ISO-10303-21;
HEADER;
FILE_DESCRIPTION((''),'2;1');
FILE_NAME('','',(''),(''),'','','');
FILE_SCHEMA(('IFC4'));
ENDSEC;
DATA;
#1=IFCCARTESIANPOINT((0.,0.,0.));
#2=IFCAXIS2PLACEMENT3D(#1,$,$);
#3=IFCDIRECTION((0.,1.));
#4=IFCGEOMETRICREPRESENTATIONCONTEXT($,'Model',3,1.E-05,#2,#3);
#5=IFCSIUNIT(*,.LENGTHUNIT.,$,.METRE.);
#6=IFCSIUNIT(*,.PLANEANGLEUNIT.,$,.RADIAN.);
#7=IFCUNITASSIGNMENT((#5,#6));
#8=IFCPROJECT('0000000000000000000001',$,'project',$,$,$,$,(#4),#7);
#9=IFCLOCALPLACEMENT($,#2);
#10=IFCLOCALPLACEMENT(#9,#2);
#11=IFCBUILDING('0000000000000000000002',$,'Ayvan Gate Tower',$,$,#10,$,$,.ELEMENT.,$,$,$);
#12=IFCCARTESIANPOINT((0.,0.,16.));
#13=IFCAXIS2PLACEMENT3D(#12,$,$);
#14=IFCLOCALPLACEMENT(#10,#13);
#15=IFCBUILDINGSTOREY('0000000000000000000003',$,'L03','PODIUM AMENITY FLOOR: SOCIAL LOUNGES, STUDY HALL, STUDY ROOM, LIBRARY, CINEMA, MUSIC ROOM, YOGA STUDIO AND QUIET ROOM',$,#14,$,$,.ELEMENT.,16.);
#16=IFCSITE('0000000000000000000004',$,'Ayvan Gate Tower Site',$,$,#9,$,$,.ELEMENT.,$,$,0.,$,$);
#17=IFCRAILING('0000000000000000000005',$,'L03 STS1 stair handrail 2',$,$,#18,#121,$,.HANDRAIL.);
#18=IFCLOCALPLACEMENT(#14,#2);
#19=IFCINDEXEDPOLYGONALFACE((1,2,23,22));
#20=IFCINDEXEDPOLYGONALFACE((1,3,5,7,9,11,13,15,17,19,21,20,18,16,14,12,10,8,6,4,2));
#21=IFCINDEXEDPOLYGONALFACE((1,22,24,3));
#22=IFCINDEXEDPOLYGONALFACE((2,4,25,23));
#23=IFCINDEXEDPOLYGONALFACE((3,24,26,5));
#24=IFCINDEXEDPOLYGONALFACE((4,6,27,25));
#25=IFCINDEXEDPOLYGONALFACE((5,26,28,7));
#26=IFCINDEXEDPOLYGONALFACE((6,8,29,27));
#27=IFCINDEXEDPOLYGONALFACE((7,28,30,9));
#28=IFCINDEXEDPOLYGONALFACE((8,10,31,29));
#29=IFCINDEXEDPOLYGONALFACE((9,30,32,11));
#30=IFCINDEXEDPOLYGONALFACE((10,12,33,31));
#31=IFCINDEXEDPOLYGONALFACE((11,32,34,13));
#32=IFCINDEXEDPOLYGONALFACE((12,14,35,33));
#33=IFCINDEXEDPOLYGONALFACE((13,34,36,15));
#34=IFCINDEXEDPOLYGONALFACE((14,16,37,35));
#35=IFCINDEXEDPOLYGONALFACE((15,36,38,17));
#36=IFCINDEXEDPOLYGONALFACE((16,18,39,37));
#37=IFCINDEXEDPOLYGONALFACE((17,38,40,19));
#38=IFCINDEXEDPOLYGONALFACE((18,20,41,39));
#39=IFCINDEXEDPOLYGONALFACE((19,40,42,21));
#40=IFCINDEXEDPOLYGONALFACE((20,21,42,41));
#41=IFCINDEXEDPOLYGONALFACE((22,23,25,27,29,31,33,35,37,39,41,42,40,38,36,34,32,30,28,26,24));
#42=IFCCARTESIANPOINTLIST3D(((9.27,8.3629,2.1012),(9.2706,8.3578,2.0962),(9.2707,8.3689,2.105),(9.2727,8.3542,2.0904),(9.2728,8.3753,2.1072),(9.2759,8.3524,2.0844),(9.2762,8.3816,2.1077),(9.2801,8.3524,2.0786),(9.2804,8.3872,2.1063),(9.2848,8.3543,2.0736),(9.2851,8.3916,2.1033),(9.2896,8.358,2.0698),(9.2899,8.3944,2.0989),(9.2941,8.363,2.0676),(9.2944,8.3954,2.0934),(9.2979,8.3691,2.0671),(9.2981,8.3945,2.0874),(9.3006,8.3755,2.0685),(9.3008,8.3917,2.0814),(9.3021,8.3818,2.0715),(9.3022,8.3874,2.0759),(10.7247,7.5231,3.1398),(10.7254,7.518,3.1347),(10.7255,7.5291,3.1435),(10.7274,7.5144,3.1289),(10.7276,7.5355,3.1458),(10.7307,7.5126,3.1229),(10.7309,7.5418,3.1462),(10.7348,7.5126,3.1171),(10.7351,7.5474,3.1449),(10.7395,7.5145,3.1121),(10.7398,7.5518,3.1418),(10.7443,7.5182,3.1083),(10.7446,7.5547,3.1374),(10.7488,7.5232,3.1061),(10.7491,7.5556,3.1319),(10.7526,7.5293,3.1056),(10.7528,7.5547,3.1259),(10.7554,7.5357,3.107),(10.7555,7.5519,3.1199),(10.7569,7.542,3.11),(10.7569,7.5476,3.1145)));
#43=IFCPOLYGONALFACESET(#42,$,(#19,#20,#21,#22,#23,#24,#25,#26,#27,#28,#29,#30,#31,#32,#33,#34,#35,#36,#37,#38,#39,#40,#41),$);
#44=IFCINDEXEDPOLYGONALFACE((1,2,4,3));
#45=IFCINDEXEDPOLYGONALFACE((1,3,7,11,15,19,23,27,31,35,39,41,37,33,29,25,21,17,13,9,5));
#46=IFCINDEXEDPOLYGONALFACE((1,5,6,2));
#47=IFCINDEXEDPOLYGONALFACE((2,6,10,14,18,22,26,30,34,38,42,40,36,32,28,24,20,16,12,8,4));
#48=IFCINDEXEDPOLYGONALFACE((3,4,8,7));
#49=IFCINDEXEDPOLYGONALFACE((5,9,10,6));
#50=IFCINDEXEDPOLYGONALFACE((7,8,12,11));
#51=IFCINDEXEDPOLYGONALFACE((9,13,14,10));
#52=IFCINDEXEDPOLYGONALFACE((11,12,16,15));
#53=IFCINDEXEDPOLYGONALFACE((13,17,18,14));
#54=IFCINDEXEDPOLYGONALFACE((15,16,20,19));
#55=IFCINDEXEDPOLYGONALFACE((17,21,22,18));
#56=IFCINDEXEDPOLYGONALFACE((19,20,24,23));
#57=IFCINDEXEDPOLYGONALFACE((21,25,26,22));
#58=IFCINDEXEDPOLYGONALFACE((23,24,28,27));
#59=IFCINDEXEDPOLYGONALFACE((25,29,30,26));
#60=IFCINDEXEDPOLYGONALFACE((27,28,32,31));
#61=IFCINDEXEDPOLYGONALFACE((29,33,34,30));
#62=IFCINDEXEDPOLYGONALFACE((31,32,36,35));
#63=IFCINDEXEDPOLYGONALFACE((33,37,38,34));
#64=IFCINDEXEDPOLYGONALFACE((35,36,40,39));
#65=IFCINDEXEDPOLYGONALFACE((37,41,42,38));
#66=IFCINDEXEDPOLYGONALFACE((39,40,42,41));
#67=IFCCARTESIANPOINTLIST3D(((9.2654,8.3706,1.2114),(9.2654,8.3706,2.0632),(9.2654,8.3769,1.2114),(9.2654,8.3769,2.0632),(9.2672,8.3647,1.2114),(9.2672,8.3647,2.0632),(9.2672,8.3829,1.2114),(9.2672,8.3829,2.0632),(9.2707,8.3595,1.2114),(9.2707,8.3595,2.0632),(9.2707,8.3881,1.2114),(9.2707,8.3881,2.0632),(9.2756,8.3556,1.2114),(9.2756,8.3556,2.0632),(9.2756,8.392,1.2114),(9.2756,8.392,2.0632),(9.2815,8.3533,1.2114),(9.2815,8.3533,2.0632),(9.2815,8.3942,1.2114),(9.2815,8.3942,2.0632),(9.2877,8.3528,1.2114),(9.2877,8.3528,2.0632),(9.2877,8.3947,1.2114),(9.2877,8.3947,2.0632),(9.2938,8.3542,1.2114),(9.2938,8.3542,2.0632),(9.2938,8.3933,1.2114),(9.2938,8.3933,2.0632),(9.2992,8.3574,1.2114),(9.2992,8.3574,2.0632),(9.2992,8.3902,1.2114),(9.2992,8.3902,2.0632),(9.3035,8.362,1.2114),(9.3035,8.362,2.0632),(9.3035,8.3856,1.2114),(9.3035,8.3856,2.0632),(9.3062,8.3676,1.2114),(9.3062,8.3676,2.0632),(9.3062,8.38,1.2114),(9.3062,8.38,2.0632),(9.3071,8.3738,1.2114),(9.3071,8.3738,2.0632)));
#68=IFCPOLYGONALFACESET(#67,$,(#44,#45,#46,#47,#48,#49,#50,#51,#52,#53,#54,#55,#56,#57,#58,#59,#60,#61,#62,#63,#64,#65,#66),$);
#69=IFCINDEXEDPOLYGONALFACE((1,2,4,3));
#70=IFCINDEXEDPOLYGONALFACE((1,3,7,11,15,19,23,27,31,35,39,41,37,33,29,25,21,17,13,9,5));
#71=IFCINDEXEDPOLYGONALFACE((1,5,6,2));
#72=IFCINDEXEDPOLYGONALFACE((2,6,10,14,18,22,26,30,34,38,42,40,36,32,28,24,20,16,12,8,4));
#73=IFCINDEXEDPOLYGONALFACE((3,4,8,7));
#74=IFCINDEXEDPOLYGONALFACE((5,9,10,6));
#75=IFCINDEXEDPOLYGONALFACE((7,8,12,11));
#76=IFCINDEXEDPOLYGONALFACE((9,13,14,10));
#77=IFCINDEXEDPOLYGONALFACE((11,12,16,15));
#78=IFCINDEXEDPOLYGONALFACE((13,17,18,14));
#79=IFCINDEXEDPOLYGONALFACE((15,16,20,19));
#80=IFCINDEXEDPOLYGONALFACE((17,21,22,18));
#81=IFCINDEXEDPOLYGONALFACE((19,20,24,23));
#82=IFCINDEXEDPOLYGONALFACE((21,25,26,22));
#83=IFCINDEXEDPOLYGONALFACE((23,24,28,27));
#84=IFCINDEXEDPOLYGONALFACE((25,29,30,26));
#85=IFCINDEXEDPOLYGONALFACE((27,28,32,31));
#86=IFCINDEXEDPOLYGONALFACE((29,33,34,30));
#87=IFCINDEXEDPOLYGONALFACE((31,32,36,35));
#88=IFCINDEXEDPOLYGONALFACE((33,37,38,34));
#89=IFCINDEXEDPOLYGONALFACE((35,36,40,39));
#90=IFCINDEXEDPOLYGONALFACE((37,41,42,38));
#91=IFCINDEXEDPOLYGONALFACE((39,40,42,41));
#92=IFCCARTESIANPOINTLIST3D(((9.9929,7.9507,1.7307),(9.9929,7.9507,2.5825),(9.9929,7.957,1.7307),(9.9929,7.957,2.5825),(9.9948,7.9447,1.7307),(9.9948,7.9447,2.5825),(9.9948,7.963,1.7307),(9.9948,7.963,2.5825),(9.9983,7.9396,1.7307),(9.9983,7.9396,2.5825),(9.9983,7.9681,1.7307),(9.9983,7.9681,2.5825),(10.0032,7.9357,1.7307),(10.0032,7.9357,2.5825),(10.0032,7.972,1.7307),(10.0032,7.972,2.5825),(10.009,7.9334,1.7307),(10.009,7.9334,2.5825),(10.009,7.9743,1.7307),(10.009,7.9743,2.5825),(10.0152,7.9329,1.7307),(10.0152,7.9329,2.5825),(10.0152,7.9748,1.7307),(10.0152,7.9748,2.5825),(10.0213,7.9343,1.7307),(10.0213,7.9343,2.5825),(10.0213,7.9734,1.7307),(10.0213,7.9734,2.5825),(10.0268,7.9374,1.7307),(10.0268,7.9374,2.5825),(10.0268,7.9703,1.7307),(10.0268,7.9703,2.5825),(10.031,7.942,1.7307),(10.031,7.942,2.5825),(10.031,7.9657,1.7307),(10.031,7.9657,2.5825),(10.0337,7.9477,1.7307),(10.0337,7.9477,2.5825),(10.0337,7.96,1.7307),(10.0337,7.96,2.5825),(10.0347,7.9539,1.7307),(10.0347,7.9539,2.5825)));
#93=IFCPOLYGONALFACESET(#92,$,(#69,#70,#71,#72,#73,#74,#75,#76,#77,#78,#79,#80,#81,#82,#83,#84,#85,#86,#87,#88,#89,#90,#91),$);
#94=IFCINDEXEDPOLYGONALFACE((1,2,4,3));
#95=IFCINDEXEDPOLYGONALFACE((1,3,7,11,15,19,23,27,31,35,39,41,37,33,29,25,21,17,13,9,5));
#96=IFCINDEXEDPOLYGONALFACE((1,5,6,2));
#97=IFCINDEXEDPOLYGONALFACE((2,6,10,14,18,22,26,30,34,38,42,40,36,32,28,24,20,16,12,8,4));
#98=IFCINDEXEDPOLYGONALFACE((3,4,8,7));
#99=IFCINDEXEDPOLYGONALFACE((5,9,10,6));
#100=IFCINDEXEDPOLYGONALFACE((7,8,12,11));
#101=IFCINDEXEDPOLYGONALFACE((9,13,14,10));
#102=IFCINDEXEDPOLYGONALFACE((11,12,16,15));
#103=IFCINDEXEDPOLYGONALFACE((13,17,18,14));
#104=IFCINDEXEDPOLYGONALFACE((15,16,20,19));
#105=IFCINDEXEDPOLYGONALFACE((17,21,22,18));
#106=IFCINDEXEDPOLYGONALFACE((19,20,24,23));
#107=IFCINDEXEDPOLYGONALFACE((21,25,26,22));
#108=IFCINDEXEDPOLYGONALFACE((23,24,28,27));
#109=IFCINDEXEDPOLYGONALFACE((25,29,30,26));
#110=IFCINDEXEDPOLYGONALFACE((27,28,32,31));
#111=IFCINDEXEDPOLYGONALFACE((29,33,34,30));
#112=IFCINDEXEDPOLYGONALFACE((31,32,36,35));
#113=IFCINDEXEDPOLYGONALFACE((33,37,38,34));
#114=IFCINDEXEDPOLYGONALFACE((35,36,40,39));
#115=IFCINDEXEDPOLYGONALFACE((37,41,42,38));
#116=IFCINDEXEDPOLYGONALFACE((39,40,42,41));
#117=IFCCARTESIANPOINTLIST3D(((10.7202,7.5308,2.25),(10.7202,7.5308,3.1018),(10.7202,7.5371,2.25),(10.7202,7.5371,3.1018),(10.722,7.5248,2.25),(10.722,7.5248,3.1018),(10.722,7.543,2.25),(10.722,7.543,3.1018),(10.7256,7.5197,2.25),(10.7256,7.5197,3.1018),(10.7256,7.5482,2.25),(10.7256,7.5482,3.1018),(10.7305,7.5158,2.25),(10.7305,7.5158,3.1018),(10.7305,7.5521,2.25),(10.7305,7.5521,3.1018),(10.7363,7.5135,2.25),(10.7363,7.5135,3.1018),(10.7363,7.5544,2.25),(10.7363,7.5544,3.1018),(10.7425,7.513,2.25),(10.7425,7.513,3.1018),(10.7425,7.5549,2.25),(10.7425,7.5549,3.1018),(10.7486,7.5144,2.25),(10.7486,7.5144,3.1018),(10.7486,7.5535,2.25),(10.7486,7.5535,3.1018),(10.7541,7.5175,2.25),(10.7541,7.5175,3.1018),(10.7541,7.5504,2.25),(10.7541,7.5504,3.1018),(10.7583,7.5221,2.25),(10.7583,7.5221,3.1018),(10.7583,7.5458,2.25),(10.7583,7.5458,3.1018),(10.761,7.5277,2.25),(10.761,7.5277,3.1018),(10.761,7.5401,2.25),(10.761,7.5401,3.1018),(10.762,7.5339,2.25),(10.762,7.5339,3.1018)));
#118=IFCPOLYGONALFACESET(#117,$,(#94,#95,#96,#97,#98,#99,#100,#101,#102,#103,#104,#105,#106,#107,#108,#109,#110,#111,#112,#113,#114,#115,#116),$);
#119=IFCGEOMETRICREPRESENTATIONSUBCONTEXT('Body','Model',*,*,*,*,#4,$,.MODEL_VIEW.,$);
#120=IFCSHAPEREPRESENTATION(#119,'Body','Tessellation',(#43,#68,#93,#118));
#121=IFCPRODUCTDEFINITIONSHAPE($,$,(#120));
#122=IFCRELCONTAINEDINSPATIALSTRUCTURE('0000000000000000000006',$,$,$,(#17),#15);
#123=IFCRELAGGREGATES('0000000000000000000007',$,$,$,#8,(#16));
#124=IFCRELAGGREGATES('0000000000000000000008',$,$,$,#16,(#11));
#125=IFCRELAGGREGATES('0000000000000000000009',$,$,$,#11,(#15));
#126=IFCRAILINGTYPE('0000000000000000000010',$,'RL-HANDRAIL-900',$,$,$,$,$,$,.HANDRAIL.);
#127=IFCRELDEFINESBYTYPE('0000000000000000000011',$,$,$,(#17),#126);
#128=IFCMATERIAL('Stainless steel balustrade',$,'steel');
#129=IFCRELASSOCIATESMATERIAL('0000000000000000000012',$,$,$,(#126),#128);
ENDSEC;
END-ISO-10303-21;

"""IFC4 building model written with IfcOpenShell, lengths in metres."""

from ifc_helpers import new_model, si_unit, direction, frame, origin, origin_2d, place, context, subcontext, project, spatial, circle, extrude, material, type_object, element, save


model = new_model("IFC4")

# Units and contexts
model_context = context("Model", 3, precision=1e-05, world=origin(), true_north=direction((0.0, 1.0)))
body_context = subcontext(model_context, "Body", "Model", "MODEL_VIEW")
ifc_project = project(units=[si_unit("LENGTHUNIT", "METRE"), si_unit("PLANEANGLEUNIT", "RADIAN")], contexts=[model_context])

# Site, building, storey
site_placement = place(None, origin())
site = spatial("IfcSite", under=ifc_project, at=site_placement, Name="Ayvan Gate Tower Site", CompositionType="ELEMENT", RefElevation=0.0)
building_placement = place(site_placement, origin())
building = spatial("IfcBuilding", under=site, at=building_placement, Name="Ayvan Gate Tower", CompositionType="ELEMENT")
storey_placement = place(building_placement, frame((0.0, 0.0, 16.0)))
storey = spatial("IfcBuildingStorey", under=building, at=storey_placement, Name="L03", Description="PODIUM AMENITY FLOOR: SOCIAL LOUNGES, STUDY HALL, STUDY ROOM, LIBRARY, CINEMA, MUSIC ROOM, YOGA STUDIO AND QUIET ROOM", CompositionType="ELEMENT", Elevation=16.0)

# Railing
ifc_material_1 = material(Name="Stainless steel balustrade", Category="steel")
railing_type_1 = type_object("IfcRailingType", Name="RL-HANDRAIL-900", PredefinedType="HANDRAIL", material=ifc_material_1)
railing_1_placement = place(storey_placement, frame((9.2861, 8.3738, 1.2114)))
element("IfcRailing", 1, at=railing_1_placement, inside=storey, type_object=railing_type_1, Name="L03 STS1 stair handrail 2", PredefinedType="HANDRAIL", context=body_context, shape_type="SweptSolid", body=[
    extrude(circle(Radius=0.0239, at=origin_2d()), frame((0.0, 0.0, 0.876), z_axis=(0.736635, -0.425243, 0.525868), x_axis=(0.499953, 0.866052, 0.0)), (0.0, 0.0, 1.0), 1.9749),
    extrude(circle(Radius=0.021, at=origin_2d()), origin(), (0.0, 0.0, 1.0), 0.8518),
    extrude(circle(Radius=0.021, at=origin_2d()), frame((0.7275, -0.4199, 0.5193)), (0.0, 0.0, 1.0), 0.8518),
    extrude(circle(Radius=0.021, at=origin_2d()), frame((1.4548, -0.8398, 1.0386)), (0.0, 0.0, 1.0), 0.8518),
])

save(model, "model.ifc")
